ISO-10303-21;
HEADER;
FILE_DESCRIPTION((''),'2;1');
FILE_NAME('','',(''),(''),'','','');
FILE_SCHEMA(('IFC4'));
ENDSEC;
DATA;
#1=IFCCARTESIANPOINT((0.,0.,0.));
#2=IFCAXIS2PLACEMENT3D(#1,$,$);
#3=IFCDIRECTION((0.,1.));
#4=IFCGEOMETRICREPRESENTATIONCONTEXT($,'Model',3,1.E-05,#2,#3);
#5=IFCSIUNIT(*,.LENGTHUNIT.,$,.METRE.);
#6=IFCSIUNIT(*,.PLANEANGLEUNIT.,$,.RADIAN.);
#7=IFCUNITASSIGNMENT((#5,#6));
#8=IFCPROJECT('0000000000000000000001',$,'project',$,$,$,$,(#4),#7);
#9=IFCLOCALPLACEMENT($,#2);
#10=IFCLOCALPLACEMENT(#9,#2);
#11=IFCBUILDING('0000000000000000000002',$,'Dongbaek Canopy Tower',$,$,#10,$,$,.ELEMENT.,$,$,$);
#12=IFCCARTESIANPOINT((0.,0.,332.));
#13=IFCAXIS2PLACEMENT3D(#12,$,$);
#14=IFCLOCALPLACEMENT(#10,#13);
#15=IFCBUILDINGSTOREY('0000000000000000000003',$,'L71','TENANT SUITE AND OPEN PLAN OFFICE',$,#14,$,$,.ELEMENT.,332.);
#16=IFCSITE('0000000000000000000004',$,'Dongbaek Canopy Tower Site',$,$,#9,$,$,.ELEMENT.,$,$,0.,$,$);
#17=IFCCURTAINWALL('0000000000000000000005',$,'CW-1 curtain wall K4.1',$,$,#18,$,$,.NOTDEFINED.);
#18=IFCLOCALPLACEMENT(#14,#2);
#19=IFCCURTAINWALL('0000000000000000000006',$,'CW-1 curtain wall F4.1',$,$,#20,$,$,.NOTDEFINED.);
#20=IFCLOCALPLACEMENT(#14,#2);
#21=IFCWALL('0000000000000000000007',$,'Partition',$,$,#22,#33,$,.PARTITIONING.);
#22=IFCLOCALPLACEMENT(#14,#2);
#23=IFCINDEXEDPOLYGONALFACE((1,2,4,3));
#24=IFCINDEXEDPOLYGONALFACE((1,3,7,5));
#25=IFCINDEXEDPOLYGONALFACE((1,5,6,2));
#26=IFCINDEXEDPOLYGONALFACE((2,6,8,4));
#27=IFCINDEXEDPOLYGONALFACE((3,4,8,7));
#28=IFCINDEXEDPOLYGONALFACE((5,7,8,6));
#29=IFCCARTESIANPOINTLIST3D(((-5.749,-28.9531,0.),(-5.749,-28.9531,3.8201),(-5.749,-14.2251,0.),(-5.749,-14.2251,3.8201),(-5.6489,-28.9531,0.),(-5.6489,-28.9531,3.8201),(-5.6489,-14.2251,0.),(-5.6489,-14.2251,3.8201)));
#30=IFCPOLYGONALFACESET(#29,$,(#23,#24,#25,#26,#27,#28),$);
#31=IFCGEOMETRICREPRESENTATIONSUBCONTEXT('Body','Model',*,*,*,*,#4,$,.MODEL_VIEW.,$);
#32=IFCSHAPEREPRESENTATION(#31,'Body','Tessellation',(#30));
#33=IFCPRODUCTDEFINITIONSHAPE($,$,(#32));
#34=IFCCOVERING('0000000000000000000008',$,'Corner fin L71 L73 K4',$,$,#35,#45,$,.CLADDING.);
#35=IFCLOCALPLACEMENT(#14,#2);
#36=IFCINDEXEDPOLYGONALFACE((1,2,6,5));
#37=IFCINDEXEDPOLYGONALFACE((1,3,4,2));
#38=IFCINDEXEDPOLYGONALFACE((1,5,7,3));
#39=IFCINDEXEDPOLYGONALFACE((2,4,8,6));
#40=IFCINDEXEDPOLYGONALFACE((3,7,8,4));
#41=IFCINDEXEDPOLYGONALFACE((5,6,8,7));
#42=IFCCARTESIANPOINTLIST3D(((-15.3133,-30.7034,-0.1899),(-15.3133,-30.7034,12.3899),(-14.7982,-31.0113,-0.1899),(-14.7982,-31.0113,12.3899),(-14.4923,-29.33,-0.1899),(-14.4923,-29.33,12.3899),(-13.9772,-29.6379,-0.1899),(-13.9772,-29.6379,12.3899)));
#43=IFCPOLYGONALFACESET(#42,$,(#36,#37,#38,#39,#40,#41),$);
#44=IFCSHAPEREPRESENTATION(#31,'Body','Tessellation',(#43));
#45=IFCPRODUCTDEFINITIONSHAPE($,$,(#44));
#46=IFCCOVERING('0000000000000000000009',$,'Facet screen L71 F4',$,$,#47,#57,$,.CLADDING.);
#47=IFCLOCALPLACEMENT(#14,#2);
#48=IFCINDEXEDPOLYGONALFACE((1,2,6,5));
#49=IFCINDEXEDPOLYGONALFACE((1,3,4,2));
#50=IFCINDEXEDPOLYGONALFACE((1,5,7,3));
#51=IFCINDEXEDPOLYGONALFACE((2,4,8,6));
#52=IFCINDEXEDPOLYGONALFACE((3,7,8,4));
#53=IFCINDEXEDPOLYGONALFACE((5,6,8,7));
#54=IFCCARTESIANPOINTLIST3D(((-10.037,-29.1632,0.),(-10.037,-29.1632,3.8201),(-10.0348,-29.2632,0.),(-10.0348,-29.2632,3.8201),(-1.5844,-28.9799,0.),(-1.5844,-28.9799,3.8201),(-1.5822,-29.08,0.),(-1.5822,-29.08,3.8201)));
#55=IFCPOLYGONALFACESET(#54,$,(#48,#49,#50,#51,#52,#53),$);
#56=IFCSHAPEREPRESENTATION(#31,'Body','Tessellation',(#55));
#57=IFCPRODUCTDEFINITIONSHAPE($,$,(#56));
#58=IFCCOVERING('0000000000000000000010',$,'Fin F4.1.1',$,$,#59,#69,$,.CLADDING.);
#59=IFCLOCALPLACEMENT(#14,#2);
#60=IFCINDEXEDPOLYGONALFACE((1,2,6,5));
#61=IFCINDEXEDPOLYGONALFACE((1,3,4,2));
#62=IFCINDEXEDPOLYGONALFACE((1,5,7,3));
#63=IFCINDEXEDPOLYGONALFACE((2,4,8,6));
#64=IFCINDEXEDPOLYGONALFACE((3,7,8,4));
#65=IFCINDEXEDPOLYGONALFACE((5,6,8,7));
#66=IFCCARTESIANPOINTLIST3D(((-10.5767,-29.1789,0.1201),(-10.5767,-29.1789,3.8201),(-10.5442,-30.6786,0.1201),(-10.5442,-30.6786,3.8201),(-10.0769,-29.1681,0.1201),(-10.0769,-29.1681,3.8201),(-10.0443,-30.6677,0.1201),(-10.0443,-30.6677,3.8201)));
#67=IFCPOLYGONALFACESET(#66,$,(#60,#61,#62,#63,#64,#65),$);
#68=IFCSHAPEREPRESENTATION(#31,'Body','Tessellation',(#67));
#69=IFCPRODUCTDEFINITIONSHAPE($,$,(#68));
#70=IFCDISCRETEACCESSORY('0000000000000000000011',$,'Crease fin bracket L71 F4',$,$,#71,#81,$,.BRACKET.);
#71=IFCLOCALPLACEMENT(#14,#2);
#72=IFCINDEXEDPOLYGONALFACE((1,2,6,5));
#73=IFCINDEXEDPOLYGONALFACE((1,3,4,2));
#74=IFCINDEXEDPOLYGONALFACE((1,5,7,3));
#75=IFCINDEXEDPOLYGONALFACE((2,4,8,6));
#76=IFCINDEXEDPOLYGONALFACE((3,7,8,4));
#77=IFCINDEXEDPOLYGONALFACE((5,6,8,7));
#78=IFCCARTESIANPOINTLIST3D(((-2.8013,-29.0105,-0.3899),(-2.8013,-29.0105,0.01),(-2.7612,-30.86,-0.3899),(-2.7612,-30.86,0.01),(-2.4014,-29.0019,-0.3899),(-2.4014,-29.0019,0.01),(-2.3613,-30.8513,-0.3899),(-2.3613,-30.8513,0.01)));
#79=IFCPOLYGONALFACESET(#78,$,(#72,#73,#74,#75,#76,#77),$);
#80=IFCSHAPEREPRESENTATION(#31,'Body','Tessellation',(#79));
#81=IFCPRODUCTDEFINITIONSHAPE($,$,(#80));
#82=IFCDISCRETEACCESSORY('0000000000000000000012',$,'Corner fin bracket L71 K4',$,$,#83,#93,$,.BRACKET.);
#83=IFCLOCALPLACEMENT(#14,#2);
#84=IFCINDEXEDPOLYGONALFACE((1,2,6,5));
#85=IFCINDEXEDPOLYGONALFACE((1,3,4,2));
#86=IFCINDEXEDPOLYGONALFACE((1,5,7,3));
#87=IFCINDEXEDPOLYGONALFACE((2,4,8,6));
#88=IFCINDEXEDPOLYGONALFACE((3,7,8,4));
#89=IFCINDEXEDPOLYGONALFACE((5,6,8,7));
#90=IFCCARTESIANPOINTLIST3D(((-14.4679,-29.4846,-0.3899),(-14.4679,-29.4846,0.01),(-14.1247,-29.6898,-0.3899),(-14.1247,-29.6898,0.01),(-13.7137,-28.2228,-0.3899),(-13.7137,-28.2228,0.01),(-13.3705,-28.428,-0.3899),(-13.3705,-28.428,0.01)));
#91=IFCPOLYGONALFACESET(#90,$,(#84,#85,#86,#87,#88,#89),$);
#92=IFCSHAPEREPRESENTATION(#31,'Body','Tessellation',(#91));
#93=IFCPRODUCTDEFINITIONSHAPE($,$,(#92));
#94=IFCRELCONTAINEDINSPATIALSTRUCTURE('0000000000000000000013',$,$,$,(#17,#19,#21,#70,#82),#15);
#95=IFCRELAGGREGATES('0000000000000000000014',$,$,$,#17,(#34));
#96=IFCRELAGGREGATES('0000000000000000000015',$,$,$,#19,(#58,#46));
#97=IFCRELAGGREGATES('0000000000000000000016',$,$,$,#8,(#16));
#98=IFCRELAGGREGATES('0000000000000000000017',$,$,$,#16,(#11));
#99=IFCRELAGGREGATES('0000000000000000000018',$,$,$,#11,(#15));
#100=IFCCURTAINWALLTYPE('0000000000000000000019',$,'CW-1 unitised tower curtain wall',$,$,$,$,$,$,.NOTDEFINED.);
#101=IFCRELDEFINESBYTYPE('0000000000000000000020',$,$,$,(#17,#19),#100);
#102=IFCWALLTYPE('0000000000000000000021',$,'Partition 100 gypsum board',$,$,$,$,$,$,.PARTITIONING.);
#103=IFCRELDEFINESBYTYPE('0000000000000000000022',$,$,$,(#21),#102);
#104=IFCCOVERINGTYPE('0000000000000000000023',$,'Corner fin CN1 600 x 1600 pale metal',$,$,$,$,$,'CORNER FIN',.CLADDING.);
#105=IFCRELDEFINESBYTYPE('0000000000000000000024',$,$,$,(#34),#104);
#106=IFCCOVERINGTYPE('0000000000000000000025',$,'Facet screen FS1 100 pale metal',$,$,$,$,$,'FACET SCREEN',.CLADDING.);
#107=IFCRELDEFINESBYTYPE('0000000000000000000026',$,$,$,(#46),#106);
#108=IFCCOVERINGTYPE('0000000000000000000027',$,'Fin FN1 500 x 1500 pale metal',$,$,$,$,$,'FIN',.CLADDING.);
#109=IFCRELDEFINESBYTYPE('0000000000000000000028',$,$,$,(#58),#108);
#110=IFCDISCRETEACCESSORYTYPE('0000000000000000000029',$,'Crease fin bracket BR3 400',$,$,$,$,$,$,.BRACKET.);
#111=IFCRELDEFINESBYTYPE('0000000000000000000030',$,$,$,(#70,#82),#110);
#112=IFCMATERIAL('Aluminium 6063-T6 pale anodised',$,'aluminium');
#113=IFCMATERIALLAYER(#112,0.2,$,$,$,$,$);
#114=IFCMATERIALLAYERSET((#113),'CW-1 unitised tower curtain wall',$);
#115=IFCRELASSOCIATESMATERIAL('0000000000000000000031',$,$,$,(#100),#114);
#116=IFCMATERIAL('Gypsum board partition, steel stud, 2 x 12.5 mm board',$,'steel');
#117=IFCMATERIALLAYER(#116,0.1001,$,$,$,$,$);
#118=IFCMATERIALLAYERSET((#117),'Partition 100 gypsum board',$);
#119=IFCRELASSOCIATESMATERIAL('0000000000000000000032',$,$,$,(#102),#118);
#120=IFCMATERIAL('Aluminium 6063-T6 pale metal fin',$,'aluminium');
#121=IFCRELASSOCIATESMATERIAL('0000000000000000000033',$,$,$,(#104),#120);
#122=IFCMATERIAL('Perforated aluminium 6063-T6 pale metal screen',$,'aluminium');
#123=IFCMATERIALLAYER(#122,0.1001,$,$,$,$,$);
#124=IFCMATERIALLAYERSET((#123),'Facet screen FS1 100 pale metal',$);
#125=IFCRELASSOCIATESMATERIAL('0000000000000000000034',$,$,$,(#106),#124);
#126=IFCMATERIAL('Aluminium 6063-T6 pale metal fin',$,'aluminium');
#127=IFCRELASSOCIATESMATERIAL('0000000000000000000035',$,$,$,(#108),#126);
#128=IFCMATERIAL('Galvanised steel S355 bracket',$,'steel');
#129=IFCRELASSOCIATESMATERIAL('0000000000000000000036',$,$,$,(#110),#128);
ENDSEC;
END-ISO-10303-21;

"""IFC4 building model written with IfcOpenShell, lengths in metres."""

from ifc_helpers import new_model, si_unit, direction, frame, frame_2d, origin, origin_2d, place, context, subcontext, project, spatial, rectangle, extrude, material, layer, layer_set, material_profile, profile_set, type_object, element, aggregate, save


model = new_model("IFC4")

# Units and contexts
model_context = context("Model", 3, precision=1e-05, world=origin(), true_north=direction((0.0, 1.0)))
body_context = subcontext(model_context, "Body", "Model", "MODEL_VIEW")
ifc_project = project(units=[si_unit("LENGTHUNIT", "METRE"), si_unit("PLANEANGLEUNIT", "RADIAN")], contexts=[model_context])

# Site, building, storey
site_placement = place(None, origin())
site = spatial("IfcSite", under=ifc_project, at=site_placement, Name="Dongbaek Canopy Tower Site", CompositionType="ELEMENT", RefElevation=0.0)
building_placement = place(site_placement, origin())
building = spatial("IfcBuilding", under=site, at=building_placement, Name="Dongbaek Canopy Tower", CompositionType="ELEMENT")
storey_placement = place(building_placement, frame((0.0, 0.0, 332.0)))
storey = spatial("IfcBuildingStorey", under=building, at=storey_placement, Name="L71", Description="TENANT SUITE AND OPEN PLAN OFFICE", CompositionType="ELEMENT", Elevation=332.0)

# Curtain walls
ifc_material_1 = material(Name="Aluminium 6063-T6 pale anodised", Category="aluminium")
ifc_layer_1 = layer(ifc_material_1, 0.2)
ifc_layer_set_1 = layer_set([ifc_layer_1], Name="CW-1 unitised tower curtain wall")
curtain_wall_type = type_object("IfcCurtainWallType", Name="CW-1 unitised tower curtain wall", PredefinedType="NOTDEFINED", material=ifc_layer_set_1)
curtain_wall_1_placement = place(storey_placement, origin())
curtain_wall_1 = element("IfcCurtainWall", 1, at=curtain_wall_1_placement, inside=storey, type_object=curtain_wall_type, Name="CW-1 curtain wall K4.1", PredefinedType="NOTDEFINED")
curtain_wall_2_placement = place(storey_placement, origin())
curtain_wall_2 = element("IfcCurtainWall", 2, at=curtain_wall_2_placement, inside=storey, type_object=curtain_wall_type, Name="CW-1 curtain wall F4.1", PredefinedType="NOTDEFINED")

# Wall
ifc_material_2 = material(Name="Gypsum board partition, steel stud, 2 x 12.5 mm board", Category="steel")
ifc_layer_2 = layer(ifc_material_2, 0.1001)
ifc_layer_set_2 = layer_set([ifc_layer_2], Name="Partition 100 gypsum board")
wall_type_1 = type_object("IfcWallType", Name="Partition 100 gypsum board", PredefinedType="PARTITIONING", material=ifc_layer_set_2)
wall_1_placement = place(storey_placement, frame((-5.699, -28.9531, 0.0), z_axis=(0.0, 0.0, 1.0), x_axis=(0.0, 1.0, 0.0)))
element("IfcWall", 3, at=wall_1_placement, inside=storey, type_object=wall_type_1, Name="Partition", PredefinedType="PARTITIONING", context=body_context, shape_type="SweptSolid", body=[
    extrude(rectangle(XDim=14.728, YDim=0.1001, at=frame_2d((7.364, 0.0))), origin(), (0.0, 0.0, 1.0), 3.8201),
])

# Coverings
ifc_material_3 = material(Name="Aluminium 6063-T6 pale metal fin", Category="aluminium")
ifc_material_profile_1 = material_profile(ifc_material_3, rectangle(XDim=1.6001, YDim=0.6001, at=origin_2d()), Name="Corner fin CN1 600 x 1600 pale metal")
ifc_profile_set_1 = profile_set([ifc_material_profile_1], Name="Aluminium 6063-T6 pale metal fin")
covering_type_1 = type_object("IfcCoveringType", Name="Corner fin CN1 600 x 1600 pale metal", ElementType="CORNER FIN", PredefinedType="CLADDING", material=ifc_profile_set_1)
covering_1_placement = place(storey_placement, frame((-14.6453, -30.1707, -0.1899), z_axis=(0.0, 0.0, 1.0), x_axis=(-0.513063, -0.858351, 0.0)))
covering_1 = element("IfcCovering", 4, at=covering_1_placement, type_object=covering_type_1, Name="Corner fin L71 L73 K4", PredefinedType="CLADDING", context=body_context, shape_type="SweptSolid", body=[
    extrude(rectangle(XDim=1.6001, YDim=0.6001, at=origin_2d()), origin(), (0.0, 0.0, 1.0), 12.5798),
])
aggregate(curtain_wall_1, [covering_1])
ifc_material_4 = material(Name="Perforated aluminium 6063-T6 pale metal screen", Category="aluminium")
ifc_layer_3 = layer(ifc_material_4, 0.1001)
ifc_layer_set_3 = layer_set([ifc_layer_3], Name="Facet screen FS1 100 pale metal")
covering_type_2 = type_object("IfcCoveringType", Name="Facet screen FS1 100 pale metal", ElementType="FACET SCREEN", PredefinedType="CLADDING", material=ifc_layer_set_3)
covering_2_placement = place(storey_placement, frame((-5.8096, -29.1216, 0.0), z_axis=(0.0, 0.0, 1.0), x_axis=(0.999765, 0.021675, 0.0)))
covering_2 = element("IfcCovering", 5, at=covering_2_placement, type_object=covering_type_2, Name="Facet screen L71 F4", PredefinedType="CLADDING", context=body_context, shape_type="SweptSolid", body=[
    extrude(rectangle(XDim=8.4546, YDim=0.1001, at=origin_2d()), origin(), (0.0, 0.0, 1.0), 3.8201),
])
ifc_material_5 = material(Name="Aluminium 6063-T6 pale metal fin", Category="aluminium")
ifc_material_profile_2 = material_profile(ifc_material_5, rectangle(XDim=1.5, YDim=0.5, at=origin_2d()), Name="Fin FN1 500 x 1500 pale metal")
ifc_profile_set_2 = profile_set([ifc_material_profile_2], Name="Aluminium 6063-T6 pale metal fin")
covering_type_3 = type_object("IfcCoveringType", Name="Fin FN1 500 x 1500 pale metal", ElementType="FIN", PredefinedType="CLADDING", material=ifc_profile_set_2)
covering_3_placement = place(storey_placement, frame((-10.3105, -29.9233, 0.1201), z_axis=(0.0, 0.0, 1.0), x_axis=(0.021676, -0.999765, 0.0)))
covering_3 = element("IfcCovering", 6, at=covering_3_placement, type_object=covering_type_3, Name="Fin F4.1.1", PredefinedType="CLADDING", context=body_context, shape_type="SweptSolid", body=[
    extrude(rectangle(XDim=1.5, YDim=0.5, at=origin_2d()), origin(), (0.0, 0.0, 1.0), 3.7),
])
aggregate(curtain_wall_2, [covering_3, covering_2])

# Discrete accessories
ifc_material_6 = material(Name="Galvanised steel S355 bracket", Category="steel")
discrete_accessory_type = type_object("IfcDiscreteAccessoryType", Name="Crease fin bracket BR3 400", PredefinedType="BRACKET", material=ifc_material_6)
discrete_accessory_1_placement = place(storey_placement, frame((-2.5813, -29.9309, -0.3899), z_axis=(0.0, 0.0, 1.0), x_axis=(0.021675, -0.999765, 0.0)))
element("IfcDiscreteAccessory", 7, at=discrete_accessory_1_placement, inside=storey, type_object=discrete_accessory_type, Name="Crease fin bracket L71 F4", PredefinedType="BRACKET", context=body_context, shape_type="SweptSolid", body=[
    extrude(rectangle(XDim=1.8499, YDim=0.3999, at=origin_2d()), origin(), (0.0, 0.0, 1.0), 0.3999),
])
discrete_accessory_2_placement = place(storey_placement, frame((-13.9192, -28.9563, -0.3899), z_axis=(0.0, 0.0, 1.0), x_axis=(-0.513063, -0.858351, 0.0)))
element("IfcDiscreteAccessory", 8, at=discrete_accessory_2_placement, inside=storey, type_object=discrete_accessory_type, Name="Corner fin bracket L71 K4", PredefinedType="BRACKET", context=body_context, shape_type="SweptSolid", body=[
    extrude(rectangle(XDim=1.47, YDim=0.3999, at=origin_2d()), origin(), (0.0, 0.0, 1.0), 0.3999),
])

save(model, "model.ifc")
